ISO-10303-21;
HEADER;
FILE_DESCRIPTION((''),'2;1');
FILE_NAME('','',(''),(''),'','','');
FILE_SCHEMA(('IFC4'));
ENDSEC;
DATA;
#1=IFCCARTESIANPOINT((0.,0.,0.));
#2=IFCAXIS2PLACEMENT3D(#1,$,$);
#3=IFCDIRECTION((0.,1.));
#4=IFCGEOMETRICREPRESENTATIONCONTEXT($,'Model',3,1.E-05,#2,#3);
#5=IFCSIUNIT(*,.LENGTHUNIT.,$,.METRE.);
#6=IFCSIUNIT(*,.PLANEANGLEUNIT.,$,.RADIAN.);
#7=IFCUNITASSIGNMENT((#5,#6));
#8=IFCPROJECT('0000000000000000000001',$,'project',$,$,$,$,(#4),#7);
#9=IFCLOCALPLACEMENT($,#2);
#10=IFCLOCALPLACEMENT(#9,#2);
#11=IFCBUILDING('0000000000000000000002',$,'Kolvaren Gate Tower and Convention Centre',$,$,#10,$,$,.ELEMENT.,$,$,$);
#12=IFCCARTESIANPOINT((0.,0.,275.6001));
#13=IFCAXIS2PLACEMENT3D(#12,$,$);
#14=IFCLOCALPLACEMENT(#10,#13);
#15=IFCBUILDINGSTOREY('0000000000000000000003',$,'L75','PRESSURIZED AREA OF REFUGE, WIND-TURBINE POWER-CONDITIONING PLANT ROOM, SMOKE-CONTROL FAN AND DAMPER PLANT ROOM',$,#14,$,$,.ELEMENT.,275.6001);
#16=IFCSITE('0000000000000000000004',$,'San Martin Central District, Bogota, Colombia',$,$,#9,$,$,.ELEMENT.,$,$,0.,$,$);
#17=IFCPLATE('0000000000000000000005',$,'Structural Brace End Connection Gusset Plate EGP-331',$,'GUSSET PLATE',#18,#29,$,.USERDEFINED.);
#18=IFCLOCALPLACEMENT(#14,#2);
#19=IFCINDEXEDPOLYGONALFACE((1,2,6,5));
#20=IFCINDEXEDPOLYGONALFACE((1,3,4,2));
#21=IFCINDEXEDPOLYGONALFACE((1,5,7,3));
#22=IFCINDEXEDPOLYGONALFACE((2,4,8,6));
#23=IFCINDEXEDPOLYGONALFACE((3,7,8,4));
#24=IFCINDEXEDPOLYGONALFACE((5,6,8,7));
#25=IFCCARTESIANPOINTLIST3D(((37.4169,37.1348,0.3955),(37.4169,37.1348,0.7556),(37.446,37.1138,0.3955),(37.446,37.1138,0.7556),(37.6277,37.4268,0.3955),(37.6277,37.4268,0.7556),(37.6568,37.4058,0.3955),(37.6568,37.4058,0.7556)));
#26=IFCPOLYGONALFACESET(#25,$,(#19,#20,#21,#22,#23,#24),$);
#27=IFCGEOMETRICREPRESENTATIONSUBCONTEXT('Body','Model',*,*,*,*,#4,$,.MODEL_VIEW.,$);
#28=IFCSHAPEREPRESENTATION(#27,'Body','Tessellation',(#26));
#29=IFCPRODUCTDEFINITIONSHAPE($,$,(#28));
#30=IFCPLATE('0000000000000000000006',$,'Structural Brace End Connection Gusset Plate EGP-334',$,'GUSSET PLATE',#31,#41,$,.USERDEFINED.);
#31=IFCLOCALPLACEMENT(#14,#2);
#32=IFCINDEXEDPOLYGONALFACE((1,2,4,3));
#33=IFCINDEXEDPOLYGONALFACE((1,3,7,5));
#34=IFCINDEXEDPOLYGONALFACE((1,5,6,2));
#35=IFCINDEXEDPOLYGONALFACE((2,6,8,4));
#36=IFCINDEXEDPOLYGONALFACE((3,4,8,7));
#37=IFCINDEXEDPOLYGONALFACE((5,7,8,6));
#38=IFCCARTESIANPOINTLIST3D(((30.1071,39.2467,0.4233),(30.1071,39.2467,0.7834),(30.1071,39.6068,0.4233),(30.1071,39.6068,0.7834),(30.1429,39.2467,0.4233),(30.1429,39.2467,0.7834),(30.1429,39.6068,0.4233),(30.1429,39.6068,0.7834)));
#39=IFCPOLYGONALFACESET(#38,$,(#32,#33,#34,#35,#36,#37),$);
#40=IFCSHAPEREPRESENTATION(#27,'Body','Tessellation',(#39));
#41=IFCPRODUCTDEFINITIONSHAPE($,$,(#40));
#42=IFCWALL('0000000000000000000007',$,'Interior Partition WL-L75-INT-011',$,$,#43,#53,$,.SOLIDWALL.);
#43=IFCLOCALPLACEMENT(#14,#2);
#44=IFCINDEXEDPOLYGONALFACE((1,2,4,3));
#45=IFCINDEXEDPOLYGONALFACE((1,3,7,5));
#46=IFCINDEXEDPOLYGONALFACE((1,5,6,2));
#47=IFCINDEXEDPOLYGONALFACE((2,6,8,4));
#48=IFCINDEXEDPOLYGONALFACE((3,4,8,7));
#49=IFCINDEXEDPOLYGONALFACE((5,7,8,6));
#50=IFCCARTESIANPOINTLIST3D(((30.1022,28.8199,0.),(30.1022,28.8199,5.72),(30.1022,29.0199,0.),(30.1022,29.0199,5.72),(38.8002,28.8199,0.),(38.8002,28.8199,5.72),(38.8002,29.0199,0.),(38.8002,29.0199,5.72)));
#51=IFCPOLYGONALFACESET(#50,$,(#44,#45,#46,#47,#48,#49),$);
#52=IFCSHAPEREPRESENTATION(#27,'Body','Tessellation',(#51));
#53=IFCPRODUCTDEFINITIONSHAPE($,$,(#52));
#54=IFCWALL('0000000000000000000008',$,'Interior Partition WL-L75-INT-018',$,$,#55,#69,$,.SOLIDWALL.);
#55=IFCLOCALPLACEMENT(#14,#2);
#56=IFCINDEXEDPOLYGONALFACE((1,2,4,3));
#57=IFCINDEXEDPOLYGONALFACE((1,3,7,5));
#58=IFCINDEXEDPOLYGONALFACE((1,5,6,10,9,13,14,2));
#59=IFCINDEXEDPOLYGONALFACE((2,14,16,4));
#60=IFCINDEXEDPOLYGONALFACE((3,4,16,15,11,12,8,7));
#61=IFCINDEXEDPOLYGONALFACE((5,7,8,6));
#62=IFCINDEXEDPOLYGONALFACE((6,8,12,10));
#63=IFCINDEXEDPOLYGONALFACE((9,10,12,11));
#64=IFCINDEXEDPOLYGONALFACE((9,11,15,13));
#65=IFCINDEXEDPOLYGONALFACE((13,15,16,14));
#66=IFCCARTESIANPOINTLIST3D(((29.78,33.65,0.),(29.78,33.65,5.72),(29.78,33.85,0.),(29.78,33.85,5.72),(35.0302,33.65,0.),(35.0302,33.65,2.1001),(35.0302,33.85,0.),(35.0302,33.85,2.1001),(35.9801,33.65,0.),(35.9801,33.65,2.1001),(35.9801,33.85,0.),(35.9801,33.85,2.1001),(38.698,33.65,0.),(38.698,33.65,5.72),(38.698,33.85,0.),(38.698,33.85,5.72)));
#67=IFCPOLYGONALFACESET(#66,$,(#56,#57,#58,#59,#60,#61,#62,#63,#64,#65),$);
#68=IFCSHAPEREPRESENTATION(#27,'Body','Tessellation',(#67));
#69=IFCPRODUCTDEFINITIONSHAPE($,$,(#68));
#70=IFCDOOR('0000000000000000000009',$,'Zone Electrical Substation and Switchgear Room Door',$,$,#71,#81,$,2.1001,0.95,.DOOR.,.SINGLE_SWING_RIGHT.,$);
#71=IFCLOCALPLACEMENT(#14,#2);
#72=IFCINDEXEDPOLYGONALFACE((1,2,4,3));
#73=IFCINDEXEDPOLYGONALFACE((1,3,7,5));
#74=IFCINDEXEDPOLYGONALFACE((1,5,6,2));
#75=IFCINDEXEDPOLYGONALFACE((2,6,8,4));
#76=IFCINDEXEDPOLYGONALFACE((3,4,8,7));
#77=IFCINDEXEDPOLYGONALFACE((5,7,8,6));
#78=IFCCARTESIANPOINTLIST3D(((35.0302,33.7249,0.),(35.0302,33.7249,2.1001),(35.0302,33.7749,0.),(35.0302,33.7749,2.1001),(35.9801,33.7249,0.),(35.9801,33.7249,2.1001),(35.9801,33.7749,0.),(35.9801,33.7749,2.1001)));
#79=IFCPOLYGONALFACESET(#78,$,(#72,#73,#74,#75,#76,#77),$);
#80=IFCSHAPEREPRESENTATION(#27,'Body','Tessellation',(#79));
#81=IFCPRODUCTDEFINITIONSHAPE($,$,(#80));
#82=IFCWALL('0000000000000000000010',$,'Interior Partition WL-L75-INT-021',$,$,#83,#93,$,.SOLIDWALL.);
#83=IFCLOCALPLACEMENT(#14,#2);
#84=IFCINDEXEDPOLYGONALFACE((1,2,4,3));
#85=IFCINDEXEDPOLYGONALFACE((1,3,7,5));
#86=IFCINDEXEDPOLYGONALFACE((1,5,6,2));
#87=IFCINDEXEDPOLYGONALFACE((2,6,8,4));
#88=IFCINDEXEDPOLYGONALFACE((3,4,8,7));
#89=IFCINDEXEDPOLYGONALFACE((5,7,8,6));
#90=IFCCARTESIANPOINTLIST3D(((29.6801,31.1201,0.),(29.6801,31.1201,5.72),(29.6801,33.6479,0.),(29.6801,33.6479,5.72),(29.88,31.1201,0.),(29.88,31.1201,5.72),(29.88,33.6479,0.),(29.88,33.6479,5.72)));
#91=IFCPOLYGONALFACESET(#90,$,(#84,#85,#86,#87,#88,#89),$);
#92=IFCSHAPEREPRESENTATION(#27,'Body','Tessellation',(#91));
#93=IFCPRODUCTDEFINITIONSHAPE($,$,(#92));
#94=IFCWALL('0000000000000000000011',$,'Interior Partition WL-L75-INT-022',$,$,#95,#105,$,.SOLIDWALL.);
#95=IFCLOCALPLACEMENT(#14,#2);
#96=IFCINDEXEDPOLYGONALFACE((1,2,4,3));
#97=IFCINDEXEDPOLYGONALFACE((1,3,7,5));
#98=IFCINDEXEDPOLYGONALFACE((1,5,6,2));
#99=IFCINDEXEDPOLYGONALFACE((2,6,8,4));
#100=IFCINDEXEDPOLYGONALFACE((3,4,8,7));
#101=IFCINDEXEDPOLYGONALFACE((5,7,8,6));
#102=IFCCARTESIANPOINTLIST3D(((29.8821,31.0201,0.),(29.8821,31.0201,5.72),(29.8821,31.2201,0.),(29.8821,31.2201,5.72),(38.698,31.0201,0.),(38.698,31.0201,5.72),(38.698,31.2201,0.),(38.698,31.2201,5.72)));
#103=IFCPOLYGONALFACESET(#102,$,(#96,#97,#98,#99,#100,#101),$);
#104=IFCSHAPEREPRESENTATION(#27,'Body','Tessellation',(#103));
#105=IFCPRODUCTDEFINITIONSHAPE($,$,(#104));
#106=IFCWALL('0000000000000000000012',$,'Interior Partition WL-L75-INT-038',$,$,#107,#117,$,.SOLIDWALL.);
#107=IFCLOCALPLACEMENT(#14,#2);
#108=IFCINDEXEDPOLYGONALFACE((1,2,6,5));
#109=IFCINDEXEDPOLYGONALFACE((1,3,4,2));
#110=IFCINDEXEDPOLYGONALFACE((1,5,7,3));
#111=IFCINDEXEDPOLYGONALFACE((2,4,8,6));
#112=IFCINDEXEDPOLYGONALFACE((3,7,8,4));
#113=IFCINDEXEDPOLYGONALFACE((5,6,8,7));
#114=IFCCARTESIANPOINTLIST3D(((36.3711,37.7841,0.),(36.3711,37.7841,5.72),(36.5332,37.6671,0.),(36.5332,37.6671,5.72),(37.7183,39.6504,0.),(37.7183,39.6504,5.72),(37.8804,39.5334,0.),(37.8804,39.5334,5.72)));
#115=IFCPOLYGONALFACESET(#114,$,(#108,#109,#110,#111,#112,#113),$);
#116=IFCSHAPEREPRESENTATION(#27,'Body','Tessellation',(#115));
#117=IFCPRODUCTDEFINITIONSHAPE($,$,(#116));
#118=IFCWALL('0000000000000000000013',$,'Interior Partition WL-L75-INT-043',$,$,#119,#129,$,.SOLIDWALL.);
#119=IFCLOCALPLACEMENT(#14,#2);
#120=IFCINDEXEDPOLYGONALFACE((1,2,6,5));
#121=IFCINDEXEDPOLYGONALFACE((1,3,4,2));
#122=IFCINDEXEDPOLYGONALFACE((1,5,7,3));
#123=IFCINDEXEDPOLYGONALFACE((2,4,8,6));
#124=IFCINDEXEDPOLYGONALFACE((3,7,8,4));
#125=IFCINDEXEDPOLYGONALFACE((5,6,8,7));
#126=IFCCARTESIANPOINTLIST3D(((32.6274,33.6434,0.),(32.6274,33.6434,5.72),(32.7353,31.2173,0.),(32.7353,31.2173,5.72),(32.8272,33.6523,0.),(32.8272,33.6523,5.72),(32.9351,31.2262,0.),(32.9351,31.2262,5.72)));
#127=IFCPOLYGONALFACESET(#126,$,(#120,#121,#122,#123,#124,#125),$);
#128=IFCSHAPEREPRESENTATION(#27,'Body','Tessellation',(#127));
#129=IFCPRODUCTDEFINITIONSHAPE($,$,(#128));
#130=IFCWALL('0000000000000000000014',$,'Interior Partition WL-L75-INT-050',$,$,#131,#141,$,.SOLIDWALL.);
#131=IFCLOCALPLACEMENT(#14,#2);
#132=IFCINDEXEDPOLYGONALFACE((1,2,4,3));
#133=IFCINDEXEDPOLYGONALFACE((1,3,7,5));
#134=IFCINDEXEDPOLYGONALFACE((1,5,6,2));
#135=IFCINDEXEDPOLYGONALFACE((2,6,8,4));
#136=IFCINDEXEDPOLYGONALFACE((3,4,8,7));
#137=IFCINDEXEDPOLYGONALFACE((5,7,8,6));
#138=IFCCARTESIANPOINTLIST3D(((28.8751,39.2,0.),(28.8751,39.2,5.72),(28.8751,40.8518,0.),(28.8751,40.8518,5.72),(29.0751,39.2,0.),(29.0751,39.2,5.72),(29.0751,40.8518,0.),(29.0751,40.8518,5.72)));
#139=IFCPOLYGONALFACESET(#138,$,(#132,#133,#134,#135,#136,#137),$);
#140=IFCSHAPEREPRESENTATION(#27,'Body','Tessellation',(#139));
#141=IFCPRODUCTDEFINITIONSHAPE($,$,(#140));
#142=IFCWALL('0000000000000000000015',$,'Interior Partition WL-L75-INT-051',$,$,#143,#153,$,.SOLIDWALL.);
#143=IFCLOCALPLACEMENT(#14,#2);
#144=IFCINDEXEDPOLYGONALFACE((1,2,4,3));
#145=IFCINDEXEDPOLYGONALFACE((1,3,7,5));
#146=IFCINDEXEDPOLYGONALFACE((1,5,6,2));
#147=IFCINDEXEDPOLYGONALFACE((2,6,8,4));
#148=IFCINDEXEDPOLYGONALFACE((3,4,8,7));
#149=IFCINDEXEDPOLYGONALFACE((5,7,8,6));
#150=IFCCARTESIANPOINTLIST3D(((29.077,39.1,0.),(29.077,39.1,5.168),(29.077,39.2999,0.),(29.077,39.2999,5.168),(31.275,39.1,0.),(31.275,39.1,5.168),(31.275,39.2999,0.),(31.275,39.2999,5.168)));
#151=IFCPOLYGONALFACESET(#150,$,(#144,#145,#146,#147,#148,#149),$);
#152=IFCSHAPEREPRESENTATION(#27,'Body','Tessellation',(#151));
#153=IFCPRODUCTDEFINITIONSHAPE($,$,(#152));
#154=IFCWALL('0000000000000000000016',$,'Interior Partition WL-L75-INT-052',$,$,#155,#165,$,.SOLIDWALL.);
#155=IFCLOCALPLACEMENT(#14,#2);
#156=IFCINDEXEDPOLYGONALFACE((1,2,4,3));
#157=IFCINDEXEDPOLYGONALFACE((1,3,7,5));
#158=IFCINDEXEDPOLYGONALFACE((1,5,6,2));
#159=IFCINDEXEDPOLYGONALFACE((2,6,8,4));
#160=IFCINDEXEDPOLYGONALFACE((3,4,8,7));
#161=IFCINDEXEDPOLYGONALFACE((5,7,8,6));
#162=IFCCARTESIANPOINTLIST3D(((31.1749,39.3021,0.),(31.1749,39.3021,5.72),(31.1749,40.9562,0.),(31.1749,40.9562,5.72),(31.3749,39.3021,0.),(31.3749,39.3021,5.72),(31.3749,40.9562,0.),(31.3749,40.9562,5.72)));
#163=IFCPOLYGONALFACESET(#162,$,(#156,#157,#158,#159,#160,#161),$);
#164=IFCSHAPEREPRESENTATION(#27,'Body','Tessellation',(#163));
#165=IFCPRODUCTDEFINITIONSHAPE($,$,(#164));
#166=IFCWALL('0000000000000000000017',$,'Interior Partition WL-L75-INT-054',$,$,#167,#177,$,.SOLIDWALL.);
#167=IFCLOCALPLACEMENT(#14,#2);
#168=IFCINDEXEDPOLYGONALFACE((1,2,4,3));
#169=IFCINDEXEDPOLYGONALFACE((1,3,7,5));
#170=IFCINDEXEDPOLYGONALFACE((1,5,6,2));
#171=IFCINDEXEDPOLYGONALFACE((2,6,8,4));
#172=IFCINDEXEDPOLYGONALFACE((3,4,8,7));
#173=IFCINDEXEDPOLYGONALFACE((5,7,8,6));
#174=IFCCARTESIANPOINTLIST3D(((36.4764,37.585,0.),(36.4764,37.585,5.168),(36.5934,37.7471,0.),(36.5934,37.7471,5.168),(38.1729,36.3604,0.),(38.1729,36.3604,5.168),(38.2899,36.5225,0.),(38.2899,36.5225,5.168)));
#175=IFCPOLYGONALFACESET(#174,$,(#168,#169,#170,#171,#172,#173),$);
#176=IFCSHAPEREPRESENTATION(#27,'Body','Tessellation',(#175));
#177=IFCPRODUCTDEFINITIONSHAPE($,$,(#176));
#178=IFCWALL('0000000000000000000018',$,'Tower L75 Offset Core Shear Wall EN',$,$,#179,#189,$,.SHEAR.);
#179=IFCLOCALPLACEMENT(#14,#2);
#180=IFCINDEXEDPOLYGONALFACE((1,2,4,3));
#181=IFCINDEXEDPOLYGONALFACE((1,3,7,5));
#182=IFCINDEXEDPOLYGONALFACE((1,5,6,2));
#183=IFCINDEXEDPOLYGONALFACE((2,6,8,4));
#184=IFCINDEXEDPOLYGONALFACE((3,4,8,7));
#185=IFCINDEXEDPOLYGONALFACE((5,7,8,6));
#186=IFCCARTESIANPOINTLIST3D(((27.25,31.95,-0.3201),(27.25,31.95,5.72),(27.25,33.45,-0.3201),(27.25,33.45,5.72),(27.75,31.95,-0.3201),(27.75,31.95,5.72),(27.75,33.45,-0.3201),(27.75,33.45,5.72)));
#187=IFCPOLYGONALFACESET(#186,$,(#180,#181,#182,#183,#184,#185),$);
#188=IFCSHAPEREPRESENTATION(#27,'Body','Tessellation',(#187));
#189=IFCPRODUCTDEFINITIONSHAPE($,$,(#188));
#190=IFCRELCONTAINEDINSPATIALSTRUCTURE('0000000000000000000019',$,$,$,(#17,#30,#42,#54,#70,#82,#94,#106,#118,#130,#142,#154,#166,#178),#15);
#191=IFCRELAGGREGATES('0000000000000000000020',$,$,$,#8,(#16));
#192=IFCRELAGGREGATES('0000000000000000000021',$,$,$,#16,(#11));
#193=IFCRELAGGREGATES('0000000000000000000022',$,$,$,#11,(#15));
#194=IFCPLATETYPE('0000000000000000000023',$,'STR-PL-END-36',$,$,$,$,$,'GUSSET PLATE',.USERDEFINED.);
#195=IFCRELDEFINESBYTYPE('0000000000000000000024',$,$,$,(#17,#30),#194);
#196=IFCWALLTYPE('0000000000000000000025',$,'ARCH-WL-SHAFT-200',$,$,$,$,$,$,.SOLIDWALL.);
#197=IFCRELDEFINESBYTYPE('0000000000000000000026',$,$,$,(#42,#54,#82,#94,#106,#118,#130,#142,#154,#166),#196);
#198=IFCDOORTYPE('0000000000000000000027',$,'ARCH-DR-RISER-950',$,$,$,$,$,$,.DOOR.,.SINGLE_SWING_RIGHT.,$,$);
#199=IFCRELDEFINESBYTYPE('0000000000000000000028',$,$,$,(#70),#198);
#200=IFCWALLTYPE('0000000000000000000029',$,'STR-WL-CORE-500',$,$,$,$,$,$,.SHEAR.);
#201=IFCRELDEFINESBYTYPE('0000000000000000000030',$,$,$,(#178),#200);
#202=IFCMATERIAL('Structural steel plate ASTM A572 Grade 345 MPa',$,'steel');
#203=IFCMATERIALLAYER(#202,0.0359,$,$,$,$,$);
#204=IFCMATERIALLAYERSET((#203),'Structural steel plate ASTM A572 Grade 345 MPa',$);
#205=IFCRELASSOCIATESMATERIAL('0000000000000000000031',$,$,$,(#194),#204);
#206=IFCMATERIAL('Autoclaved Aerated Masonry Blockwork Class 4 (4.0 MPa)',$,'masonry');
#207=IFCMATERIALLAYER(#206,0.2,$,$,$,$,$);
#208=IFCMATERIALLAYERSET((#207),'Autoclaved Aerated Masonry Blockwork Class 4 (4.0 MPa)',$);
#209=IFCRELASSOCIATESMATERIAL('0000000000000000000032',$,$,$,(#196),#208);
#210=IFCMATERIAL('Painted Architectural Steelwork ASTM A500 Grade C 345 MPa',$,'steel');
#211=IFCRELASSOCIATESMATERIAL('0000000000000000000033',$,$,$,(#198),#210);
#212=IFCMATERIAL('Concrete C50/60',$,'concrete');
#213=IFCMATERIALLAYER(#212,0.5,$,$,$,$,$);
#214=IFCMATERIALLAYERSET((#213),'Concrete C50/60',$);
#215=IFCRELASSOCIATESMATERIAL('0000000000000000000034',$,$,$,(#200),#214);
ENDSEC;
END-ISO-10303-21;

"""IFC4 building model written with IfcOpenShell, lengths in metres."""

from ifc_helpers import new_model, si_unit, direction, frame, frame_2d, origin, origin_2d, place, context, subcontext, project, spatial, rectangle, extrude, material, layer, layer_set, type_object, element, fill, save


model = new_model("IFC4")

# Units and contexts
model_context = context("Model", 3, precision=1e-05, world=origin(), true_north=direction((0.0, 1.0)))
body_context = subcontext(model_context, "Body", "Model", "MODEL_VIEW")
ifc_project = project(units=[si_unit("LENGTHUNIT", "METRE"), si_unit("PLANEANGLEUNIT", "RADIAN")], contexts=[model_context])

# Site, building, storey
site_placement = place(None, origin())
site = spatial("IfcSite", under=ifc_project, at=site_placement, Name="San Martin Central District, Bogota, Colombia", CompositionType="ELEMENT", RefElevation=0.0)
building_placement = place(site_placement, origin())
building = spatial("IfcBuilding", under=site, at=building_placement, Name="Kolvaren Gate Tower and Convention Centre", CompositionType="ELEMENT")
storey_placement = place(building_placement, frame((0.0, 0.0, 275.6001)))
storey = spatial("IfcBuildingStorey", under=building, at=storey_placement, Name="L75", Description="PRESSURIZED AREA OF REFUGE, WIND-TURBINE POWER-CONDITIONING PLANT ROOM, SMOKE-CONTROL FAN AND DAMPER PLANT ROOM", CompositionType="ELEMENT", Elevation=275.6001)

# Shared definitions
ifc_material_1 = material(Name="Concrete C50/60", Category="concrete")

# Plates
ifc_material_2 = material(Name="Structural steel plate ASTM A572 Grade 345 MPa", Category="steel")
ifc_layer_1 = layer(ifc_material_2, 0.0359)
ifc_layer_set_1 = layer_set([ifc_layer_1], Name="Structural steel plate ASTM A572 Grade 345 MPa")
plate_type = type_object("IfcPlateType", Name="STR-PL-END-36", ElementType="GUSSET PLATE", PredefinedType="USERDEFINED", material=ifc_layer_set_1)
for number, where, z_axis, x_axis, name in (
    (1, (37.5369, 37.2703, 0.3955), (0.0, 0.0, 1.0), (0.585218, 0.810876, 0.0), "Structural Brace End Connection Gusset Plate EGP-331"),
    (2, (30.125, 39.4268, 0.4233), (0.0, 0.0, 1.0), (0.0, 1.0, 0.0), "Structural Brace End Connection Gusset Plate EGP-334"),
):
    element("IfcPlate", number, at=place(storey_placement, frame(where, z_axis=z_axis, x_axis=x_axis)), inside=storey, type_object=plate_type, Name=name, ObjectType="GUSSET PLATE", PredefinedType="USERDEFINED", context=body_context, shape_type="SweptSolid", body=[
        extrude(rectangle(XDim=0.3601, YDim=0.0359, at=origin_2d()), origin(), (0.0, 0.0, 1.0), 0.3601),
    ])

# Wall
ifc_material_3 = material(Name="Autoclaved Aerated Masonry Blockwork Class 4 (4.0 MPa)", Category="masonry")
ifc_layer_2 = layer(ifc_material_3, 0.2)
ifc_layer_set_2 = layer_set([ifc_layer_2], Name="Autoclaved Aerated Masonry Blockwork Class 4 (4.0 MPa)")
wall_type_1 = type_object("IfcWallType", Name="ARCH-WL-SHAFT-200", PredefinedType="SOLIDWALL", material=ifc_layer_set_2)
wall_1_placement = place(storey_placement, frame((30.1021, 28.9199, 0.0), z_axis=(0.0, 0.0, 1.0), x_axis=(1.0, 0.0, 0.0)))
element("IfcWall", 3, at=wall_1_placement, inside=storey, type_object=wall_type_1, Name="Interior Partition WL-L75-INT-011", PredefinedType="SOLIDWALL", context=body_context, shape_type="SweptSolid", body=[
    extrude(rectangle(XDim=8.698, YDim=0.2, at=frame_2d((4.3491, 0.0))), origin(), (0.0, 0.0, 1.0), 5.72),
])

# Wall, opening, door
wall_2_placement = place(storey_placement, frame((29.78, 33.75, 0.0), z_axis=(0.0, 0.0, 1.0), x_axis=(1.0, 0.0, 0.0)))
wall_2 = element("IfcWall", 4, at=wall_2_placement, inside=storey, type_object=wall_type_1, Name="Interior Partition WL-L75-INT-018", PredefinedType="SOLIDWALL", context=body_context, shape_type="SweptSolid", body=[
    extrude(rectangle(XDim=8.918, YDim=0.2, at=frame_2d((4.459, 0.0))), origin(), (0.0, 0.0, 1.0), 5.72),
])
opening_placement = place(wall_2_placement, frame((5.25, 0.0, 0.0)))
opening = element("IfcOpeningElement", 5, at=opening_placement, cuts=wall_2, PredefinedType="OPENING", context=body_context, shape_type="SweptSolid", body=[
    extrude(rectangle(XDim=0.95, YDim=2.1001, at=frame_2d((0.4751, 1.05))), frame((0.0, 0.1099, 0.0), z_axis=(0.0, -1.0, 0.0), x_axis=(1.0, 0.0, 0.0)), (0.0, 0.0, 1.0), 0.22),
])
ifc_material_4 = material(Name="Painted Architectural Steelwork ASTM A500 Grade C 345 MPa", Category="steel")
door_type = type_object("IfcDoorType", Name="ARCH-DR-RISER-950", OperationType="SINGLE_SWING_RIGHT", PredefinedType="DOOR", material=ifc_material_4)
door_placement = place(opening_placement, origin())
door = element("IfcDoor", 6, at=door_placement, inside=storey, type_object=door_type, Name="Zone Electrical Substation and Switchgear Room Door", OperationType="SINGLE_SWING_RIGHT", OverallHeight=2.1001, OverallWidth=0.95, PredefinedType="DOOR", context=body_context, shape_type="SweptSolid", body=[
    extrude(rectangle(XDim=0.95, YDim=2.1001, at=frame_2d((0.4751, 1.05))), frame((0.0, 0.0249, 0.0), z_axis=(0.0, -1.0, 0.0), x_axis=(1.0, 0.0, 0.0)), (0.0, 0.0, 1.0), 0.05),
])
fill(opening, door)

# Walls
wall_3_placement = place(storey_placement, frame((29.78, 31.1201, 0.0), z_axis=(0.0, 0.0, 1.0), x_axis=(0.0, 1.0, 0.0)))
element("IfcWall", 7, at=wall_3_placement, inside=storey, type_object=wall_type_1, Name="Interior Partition WL-L75-INT-021", PredefinedType="SOLIDWALL", context=body_context, shape_type="SweptSolid", body=[
    extrude(rectangle(XDim=2.5278, YDim=0.2, at=frame_2d((1.2639, 0.0))), origin(), (0.0, 0.0, 1.0), 5.72),
])
wall_4_placement = place(storey_placement, frame((29.8821, 31.1201, 0.0), z_axis=(0.0, 0.0, 1.0), x_axis=(1.0, 0.0, 0.0)))
element("IfcWall", 8, at=wall_4_placement, inside=storey, type_object=wall_type_1, Name="Interior Partition WL-L75-INT-022", PredefinedType="SOLIDWALL", context=body_context, shape_type="SweptSolid", body=[
    extrude(rectangle(XDim=8.8159, YDim=0.2, at=frame_2d((4.408, 0.0))), origin(), (0.0, 0.0, 1.0), 5.72),
])
wall_5_placement = place(storey_placement, frame((36.4521, 37.7256, 0.0), z_axis=(0.0, 0.0, 1.0), x_axis=(0.585305, 0.810813, 0.0)))
element("IfcWall", 9, at=wall_5_placement, inside=storey, type_object=wall_type_1, Name="Interior Partition WL-L75-INT-038", PredefinedType="SOLIDWALL", context=body_context, shape_type="SweptSolid", body=[
    extrude(rectangle(XDim=2.3018, YDim=0.2, at=frame_2d((1.1509, 0.0))), origin(), (0.0, 0.0, 1.0), 5.72),
])
wall_6_placement = place(storey_placement, frame((32.7273, 33.6479, 0.0), z_axis=(0.0, 0.0, 1.0), x_axis=(0.044436, -0.999012, 0.0)))
element("IfcWall", 10, at=wall_6_placement, inside=storey, type_object=wall_type_1, Name="Interior Partition WL-L75-INT-043", PredefinedType="SOLIDWALL", context=body_context, shape_type="SweptSolid", body=[
    extrude(rectangle(XDim=2.4285, YDim=0.2, at=frame_2d((1.2144, 0.0))), origin(), (0.0, 0.0, 1.0), 5.72),
])
wall_7_placement = place(storey_placement, frame((28.9751, 39.2, 0.0), z_axis=(0.0, 0.0, 1.0), x_axis=(0.0, 1.0, 0.0)))
element("IfcWall", 11, at=wall_7_placement, inside=storey, type_object=wall_type_1, Name="Interior Partition WL-L75-INT-050", PredefinedType="SOLIDWALL", context=body_context, shape_type="SweptSolid", body=[
    extrude(rectangle(XDim=1.6519, YDim=0.2, at=frame_2d((0.8259, 0.0))), origin(), (0.0, 0.0, 1.0), 5.72),
])
wall_8_placement = place(storey_placement, frame((29.0769, 39.2, 0.0), z_axis=(0.0, 0.0, 1.0), x_axis=(1.0, 0.0, 0.0)))
element("IfcWall", 12, at=wall_8_placement, inside=storey, type_object=wall_type_1, Name="Interior Partition WL-L75-INT-051", PredefinedType="SOLIDWALL", context=body_context, shape_type="SweptSolid", body=[
    extrude(rectangle(XDim=2.198, YDim=0.2, at=frame_2d((1.0991, 0.0))), origin(), (0.0, 0.0, 1.0), 5.168),
])
wall_9_placement = place(storey_placement, frame((31.2749, 39.302, 0.0), z_axis=(0.0, 0.0, 1.0), x_axis=(0.0, 1.0, 0.0)))
element("IfcWall", 13, at=wall_9_placement, inside=storey, type_object=wall_type_1, Name="Interior Partition WL-L75-INT-052", PredefinedType="SOLIDWALL", context=body_context, shape_type="SweptSolid", body=[
    extrude(rectangle(XDim=1.6541, YDim=0.2, at=frame_2d((0.8271, 0.0))), origin(), (0.0, 0.0, 1.0), 5.72),
])
wall_10_placement = place(storey_placement, frame((36.5349, 37.666, 0.0), z_axis=(0.0, 0.0, 1.0), x_axis=(0.81083, -0.585282, 0.0)))
element("IfcWall", 14, at=wall_10_placement, inside=storey, type_object=wall_type_1, Name="Interior Partition WL-L75-INT-054", PredefinedType="SOLIDWALL", context=body_context, shape_type="SweptSolid", body=[
    extrude(rectangle(XDim=2.0923, YDim=0.2, at=frame_2d((1.0461, 0.0))), origin(), (0.0, 0.0, 1.0), 5.168),
])
ifc_layer_3 = layer(ifc_material_1, 0.5)
ifc_layer_set_3 = layer_set([ifc_layer_3], Name="Concrete C50/60")
wall_type_2 = type_object("IfcWallType", Name="STR-WL-CORE-500", PredefinedType="SHEAR", material=ifc_layer_set_3)
wall_11_placement = place(storey_placement, frame((27.5, 31.95, -0.3201), z_axis=(0.0, 0.0, 1.0), x_axis=(0.0, 1.0, 0.0)))
element("IfcWall", 15, at=wall_11_placement, inside=storey, type_object=wall_type_2, Name="Tower L75 Offset Core Shear Wall EN", PredefinedType="SHEAR", context=body_context, shape_type="SweptSolid", body=[
    extrude(rectangle(XDim=1.5, YDim=0.5, at=frame_2d((0.75, 0.0))), origin(), (0.0, 0.0, 1.0), 6.04),
])

save(model, "model.ifc")
